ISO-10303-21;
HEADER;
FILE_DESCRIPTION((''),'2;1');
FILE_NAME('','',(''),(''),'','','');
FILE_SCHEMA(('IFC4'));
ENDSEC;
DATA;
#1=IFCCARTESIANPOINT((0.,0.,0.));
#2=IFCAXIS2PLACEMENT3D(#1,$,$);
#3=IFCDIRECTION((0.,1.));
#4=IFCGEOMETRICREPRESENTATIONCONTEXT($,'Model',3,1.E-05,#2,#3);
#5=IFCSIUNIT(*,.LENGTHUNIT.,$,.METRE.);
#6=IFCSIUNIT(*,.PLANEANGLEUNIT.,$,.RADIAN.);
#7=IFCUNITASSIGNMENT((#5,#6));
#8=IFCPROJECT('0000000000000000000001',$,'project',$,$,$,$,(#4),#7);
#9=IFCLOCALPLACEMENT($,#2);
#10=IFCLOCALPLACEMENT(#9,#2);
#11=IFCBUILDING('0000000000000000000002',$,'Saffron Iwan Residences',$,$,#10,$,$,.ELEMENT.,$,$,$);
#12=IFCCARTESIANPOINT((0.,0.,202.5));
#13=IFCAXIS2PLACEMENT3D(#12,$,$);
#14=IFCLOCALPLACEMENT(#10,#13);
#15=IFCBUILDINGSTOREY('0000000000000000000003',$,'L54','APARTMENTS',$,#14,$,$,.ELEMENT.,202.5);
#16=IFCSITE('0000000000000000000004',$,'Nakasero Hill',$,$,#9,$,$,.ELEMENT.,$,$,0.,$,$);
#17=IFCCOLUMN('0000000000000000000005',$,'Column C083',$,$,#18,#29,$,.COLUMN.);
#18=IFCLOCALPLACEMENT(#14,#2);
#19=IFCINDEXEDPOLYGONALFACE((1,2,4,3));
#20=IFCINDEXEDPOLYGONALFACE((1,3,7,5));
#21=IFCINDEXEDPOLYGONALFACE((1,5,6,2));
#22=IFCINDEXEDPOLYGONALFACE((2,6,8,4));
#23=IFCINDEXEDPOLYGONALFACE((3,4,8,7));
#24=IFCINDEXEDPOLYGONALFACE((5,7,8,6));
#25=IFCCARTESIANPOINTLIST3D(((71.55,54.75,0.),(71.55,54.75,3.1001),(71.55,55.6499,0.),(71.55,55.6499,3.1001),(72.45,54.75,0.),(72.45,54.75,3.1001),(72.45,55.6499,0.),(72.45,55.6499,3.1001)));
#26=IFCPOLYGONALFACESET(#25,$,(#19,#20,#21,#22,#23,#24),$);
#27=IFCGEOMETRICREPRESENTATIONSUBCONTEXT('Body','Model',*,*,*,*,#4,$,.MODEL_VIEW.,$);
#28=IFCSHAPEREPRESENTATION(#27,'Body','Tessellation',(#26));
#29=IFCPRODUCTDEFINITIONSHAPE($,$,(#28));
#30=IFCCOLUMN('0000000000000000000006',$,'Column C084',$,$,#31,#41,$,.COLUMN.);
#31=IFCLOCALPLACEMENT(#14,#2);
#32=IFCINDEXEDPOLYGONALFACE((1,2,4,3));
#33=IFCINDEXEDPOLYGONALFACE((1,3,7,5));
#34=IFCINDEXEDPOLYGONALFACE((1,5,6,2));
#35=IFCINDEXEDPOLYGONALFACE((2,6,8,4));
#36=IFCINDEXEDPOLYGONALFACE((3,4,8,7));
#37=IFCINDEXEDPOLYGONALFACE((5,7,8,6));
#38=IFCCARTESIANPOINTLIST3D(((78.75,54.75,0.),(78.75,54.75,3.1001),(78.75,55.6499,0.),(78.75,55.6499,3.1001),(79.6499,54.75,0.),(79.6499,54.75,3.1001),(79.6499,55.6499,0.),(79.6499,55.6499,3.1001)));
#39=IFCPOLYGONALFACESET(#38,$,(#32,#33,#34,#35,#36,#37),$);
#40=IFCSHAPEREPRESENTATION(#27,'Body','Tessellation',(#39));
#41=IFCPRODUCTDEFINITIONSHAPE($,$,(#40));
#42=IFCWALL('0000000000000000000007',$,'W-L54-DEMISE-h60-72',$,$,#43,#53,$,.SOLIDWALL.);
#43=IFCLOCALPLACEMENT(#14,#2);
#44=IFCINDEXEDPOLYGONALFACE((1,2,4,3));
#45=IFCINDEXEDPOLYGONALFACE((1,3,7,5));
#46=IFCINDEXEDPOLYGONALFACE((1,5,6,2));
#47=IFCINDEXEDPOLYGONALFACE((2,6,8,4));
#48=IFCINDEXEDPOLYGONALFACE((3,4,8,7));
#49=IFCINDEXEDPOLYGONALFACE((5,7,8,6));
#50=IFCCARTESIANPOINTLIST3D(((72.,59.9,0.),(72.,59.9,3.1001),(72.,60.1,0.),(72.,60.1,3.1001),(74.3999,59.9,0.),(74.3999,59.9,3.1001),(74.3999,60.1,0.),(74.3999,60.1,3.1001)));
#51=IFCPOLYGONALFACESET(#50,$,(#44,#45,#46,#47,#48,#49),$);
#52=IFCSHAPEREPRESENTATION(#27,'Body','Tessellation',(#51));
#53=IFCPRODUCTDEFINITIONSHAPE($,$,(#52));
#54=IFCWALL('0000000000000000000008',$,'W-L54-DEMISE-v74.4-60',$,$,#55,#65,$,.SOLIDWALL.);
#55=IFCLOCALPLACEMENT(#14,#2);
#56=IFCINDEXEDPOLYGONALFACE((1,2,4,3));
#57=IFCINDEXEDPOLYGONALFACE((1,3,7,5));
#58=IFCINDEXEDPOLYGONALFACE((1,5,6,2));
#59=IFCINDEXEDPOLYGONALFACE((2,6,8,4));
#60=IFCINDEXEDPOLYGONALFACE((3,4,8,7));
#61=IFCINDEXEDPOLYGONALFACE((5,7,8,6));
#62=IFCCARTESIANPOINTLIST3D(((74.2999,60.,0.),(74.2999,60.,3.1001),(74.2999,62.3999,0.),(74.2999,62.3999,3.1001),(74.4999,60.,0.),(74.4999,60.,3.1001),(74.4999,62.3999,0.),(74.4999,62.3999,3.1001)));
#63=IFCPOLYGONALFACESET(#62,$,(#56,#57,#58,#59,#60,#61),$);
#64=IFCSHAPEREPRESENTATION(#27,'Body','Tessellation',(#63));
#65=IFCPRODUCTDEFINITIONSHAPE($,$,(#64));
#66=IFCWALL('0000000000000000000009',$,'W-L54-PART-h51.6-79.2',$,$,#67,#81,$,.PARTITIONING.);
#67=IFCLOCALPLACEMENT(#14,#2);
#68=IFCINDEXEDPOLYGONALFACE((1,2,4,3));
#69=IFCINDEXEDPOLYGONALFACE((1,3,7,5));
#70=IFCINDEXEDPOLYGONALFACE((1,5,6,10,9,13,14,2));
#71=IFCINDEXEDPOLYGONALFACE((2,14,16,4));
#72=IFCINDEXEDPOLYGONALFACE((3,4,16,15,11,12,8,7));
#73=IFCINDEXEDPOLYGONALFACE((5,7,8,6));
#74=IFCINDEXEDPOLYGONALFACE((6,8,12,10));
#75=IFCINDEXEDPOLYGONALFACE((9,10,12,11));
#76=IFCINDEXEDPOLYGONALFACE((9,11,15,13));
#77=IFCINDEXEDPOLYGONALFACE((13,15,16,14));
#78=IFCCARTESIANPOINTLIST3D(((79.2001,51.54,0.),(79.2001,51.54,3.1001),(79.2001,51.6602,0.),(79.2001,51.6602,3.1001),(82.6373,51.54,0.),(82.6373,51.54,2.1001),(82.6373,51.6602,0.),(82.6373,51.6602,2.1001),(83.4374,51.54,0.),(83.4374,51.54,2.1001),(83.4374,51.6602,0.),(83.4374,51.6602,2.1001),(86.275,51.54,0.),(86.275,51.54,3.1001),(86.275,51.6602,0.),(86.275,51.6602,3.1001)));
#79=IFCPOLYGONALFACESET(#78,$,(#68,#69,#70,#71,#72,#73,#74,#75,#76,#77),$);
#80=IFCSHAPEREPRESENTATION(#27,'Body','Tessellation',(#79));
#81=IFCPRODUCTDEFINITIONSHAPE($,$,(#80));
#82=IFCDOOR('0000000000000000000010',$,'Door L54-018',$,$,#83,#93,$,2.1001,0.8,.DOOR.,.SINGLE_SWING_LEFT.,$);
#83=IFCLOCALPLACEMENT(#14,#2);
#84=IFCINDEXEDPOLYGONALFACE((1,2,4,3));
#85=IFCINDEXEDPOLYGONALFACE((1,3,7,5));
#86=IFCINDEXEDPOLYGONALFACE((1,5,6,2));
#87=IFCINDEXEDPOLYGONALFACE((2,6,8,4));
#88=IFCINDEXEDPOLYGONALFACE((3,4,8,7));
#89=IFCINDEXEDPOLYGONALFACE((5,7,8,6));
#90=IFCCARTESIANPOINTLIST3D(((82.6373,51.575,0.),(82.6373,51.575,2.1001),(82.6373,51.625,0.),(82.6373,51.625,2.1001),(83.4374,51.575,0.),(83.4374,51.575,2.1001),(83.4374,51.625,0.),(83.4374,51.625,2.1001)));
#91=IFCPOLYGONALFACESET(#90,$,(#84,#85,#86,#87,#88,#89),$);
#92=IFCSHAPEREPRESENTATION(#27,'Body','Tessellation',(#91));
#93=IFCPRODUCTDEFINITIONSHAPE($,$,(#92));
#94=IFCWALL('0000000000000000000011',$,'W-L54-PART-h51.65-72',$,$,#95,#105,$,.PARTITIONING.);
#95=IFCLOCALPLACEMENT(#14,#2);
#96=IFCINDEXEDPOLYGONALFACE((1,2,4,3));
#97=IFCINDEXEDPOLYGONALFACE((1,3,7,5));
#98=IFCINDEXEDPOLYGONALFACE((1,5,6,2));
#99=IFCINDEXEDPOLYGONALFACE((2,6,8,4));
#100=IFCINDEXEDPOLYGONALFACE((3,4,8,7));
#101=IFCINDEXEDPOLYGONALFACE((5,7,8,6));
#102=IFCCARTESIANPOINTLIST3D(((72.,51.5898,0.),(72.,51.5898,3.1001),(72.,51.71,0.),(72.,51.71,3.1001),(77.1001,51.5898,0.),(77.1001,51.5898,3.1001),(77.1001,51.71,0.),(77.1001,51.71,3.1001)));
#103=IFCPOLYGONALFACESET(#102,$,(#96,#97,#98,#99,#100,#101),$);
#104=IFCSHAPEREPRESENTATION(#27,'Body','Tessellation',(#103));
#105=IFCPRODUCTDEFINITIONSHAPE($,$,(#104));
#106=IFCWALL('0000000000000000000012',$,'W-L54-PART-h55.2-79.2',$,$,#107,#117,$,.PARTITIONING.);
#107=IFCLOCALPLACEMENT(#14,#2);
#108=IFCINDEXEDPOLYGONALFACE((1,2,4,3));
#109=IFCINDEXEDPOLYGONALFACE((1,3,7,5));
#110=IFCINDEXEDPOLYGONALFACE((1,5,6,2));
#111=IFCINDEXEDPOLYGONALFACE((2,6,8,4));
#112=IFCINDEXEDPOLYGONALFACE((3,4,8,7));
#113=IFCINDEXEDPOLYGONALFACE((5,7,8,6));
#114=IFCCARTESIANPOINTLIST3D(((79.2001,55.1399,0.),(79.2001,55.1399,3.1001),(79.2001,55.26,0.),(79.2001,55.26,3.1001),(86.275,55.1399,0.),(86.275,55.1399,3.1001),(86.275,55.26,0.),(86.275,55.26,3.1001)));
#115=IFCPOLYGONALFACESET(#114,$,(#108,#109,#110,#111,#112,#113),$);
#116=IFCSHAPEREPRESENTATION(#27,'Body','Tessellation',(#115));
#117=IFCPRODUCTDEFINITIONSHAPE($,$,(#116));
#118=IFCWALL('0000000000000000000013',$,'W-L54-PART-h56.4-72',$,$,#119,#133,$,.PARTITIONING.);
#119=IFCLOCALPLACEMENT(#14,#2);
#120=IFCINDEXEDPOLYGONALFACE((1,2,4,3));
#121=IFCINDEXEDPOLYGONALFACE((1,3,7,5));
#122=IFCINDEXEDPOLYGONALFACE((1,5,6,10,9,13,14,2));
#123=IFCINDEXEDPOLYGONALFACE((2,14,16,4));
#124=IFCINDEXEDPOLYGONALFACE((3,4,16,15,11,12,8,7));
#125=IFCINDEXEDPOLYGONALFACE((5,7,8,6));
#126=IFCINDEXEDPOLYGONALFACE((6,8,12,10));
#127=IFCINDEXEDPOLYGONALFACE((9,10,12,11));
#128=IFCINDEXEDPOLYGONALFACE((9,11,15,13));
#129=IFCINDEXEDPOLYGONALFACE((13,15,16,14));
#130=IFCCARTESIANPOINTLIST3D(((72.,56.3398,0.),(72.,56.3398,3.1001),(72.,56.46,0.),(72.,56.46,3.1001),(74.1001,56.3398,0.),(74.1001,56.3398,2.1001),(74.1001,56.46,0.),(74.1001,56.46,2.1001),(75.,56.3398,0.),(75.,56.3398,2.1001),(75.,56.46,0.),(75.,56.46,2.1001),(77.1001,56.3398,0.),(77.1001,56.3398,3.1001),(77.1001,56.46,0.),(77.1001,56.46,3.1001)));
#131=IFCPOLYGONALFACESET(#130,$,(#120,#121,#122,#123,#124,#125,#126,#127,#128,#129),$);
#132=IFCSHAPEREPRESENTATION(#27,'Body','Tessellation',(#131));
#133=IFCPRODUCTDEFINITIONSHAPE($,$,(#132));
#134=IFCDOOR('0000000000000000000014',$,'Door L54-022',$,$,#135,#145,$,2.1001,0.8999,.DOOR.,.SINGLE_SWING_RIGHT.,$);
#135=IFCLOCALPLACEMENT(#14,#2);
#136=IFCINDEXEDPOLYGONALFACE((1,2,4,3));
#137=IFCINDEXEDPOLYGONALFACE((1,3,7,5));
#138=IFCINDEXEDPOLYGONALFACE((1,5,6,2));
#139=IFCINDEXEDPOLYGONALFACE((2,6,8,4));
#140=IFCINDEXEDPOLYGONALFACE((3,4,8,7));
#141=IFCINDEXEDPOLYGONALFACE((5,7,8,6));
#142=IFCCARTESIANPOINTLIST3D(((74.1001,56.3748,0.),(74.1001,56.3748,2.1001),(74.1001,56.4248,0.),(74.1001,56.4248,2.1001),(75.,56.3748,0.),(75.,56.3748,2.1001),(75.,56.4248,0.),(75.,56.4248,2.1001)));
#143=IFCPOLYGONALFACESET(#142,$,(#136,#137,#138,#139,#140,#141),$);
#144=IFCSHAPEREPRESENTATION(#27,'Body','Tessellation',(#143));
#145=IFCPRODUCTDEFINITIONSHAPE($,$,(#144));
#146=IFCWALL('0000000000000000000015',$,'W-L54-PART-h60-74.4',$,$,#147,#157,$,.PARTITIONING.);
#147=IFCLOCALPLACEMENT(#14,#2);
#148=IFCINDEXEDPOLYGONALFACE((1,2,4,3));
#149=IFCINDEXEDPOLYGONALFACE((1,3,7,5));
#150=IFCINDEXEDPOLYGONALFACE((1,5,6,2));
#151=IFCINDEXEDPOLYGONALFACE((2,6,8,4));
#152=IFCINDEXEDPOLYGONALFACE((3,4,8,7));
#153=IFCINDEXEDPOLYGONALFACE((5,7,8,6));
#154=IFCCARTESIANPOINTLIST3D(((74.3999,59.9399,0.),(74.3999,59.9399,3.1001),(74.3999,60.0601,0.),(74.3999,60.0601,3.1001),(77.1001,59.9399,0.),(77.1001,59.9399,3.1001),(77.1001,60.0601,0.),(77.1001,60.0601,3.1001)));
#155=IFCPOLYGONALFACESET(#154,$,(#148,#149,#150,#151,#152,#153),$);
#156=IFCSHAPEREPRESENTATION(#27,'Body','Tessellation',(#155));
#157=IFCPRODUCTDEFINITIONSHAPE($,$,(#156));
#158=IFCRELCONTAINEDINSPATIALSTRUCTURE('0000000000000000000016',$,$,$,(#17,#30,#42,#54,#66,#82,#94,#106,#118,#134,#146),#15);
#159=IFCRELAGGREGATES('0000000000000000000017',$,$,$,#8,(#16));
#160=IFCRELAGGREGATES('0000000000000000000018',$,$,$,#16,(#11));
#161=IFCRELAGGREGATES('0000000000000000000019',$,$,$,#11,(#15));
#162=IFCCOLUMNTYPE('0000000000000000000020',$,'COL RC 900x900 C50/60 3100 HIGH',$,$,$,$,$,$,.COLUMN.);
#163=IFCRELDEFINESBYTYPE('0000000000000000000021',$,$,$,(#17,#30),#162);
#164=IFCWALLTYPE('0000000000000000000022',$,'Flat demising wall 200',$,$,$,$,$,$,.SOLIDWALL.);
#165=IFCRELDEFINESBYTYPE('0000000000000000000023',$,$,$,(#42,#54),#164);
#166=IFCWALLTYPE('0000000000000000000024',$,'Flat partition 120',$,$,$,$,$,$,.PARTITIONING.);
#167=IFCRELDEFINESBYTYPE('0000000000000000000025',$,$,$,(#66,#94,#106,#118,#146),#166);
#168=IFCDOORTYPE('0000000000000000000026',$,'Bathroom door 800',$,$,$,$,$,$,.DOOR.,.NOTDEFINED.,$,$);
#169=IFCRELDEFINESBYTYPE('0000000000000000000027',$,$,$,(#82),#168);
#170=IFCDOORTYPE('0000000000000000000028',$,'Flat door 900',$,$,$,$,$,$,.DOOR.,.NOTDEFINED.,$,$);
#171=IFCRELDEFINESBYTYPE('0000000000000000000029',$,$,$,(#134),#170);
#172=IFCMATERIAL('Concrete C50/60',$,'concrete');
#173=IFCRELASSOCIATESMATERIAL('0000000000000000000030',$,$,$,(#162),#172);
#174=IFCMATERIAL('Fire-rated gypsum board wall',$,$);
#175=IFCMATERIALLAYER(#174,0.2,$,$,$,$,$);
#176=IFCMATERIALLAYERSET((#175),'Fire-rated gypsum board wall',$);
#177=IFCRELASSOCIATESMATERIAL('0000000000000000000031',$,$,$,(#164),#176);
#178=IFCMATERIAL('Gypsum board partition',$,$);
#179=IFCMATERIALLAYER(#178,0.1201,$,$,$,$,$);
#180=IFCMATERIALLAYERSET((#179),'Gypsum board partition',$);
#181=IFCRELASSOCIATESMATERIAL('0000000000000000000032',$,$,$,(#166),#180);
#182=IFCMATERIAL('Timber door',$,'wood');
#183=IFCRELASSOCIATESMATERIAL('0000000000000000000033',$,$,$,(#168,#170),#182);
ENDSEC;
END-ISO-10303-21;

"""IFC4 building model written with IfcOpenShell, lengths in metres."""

from ifc_helpers import new_model, si_unit, direction, frame, frame_2d, origin, origin_2d, place, context, subcontext, project, spatial, rectangle, extrude, source, transform, mapped, material, layer, layer_set, material_profile, profile_set, type_object, element, fill, save


model = new_model("IFC4")

# Units and contexts
model_context = context("Model", 3, precision=1e-05, world=origin(), true_north=direction((0.0, 1.0)))
body_context = subcontext(model_context, "Body", "Model", "MODEL_VIEW")
ifc_project = project(units=[si_unit("LENGTHUNIT", "METRE"), si_unit("PLANEANGLEUNIT", "RADIAN")], contexts=[model_context])

# Site, building, storey
site_placement = place(None, origin())
site = spatial("IfcSite", under=ifc_project, at=site_placement, Name="Nakasero Hill", CompositionType="ELEMENT", RefElevation=0.0)
building_placement = place(site_placement, origin())
building = spatial("IfcBuilding", under=site, at=building_placement, Name="Saffron Iwan Residences", CompositionType="ELEMENT")
storey_placement = place(building_placement, frame((0.0, 0.0, 202.5)))
storey = spatial("IfcBuildingStorey", under=building, at=storey_placement, Name="L54", Description="APARTMENTS", CompositionType="ELEMENT", Elevation=202.5)

# Columns
ifc_material_1 = material(Name="Concrete C50/60", Category="concrete")
ifc_material_profile = material_profile(ifc_material_1, rectangle(XDim=0.8999, YDim=0.8999, at=origin_2d()), Name="RC 900x900")
ifc_profile_set = profile_set([ifc_material_profile], Name="Concrete C50/60")
column_type = type_object("IfcColumnType", Name="COL RC 900x900 C50/60 3100 HIGH", PredefinedType="COLUMN", material=ifc_profile_set)
shared_shape = source(origin(), body_context, "Body", "SweptSolid", [
    extrude(rectangle(XDim=0.8999, YDim=0.8999, at=origin_2d()), origin(), (0.0, 0.0, 1.0), 3.1001),
])
for number, where, z_axis, x_axis, name in (
    (1, (72.0, 55.2, 0.0), (0.0, 0.0, 1.0), (1.0, 0.0, 0.0), "Column C083"),
    (2, (79.2, 55.2, 0.0), (0.0, 0.0, 1.0), (1.0, 0.0, 0.0), "Column C084"),
):
    element("IfcColumn", number, at=place(storey_placement, frame(where, z_axis=z_axis, x_axis=x_axis)), inside=storey, type_object=column_type, Name=name, PredefinedType="COLUMN", context=body_context, shape_type="MappedRepresentation", body=[
        mapped(shared_shape, transform((0.0, 0.0, 0.0))),
    ])

# Walls
ifc_material_2 = material(Name="Fire-rated gypsum board wall")
ifc_layer_1 = layer(ifc_material_2, 0.2)
ifc_layer_set_1 = layer_set([ifc_layer_1], Name="Fire-rated gypsum board wall")
wall_type_1 = type_object("IfcWallType", Name="Flat demising wall 200", PredefinedType="SOLIDWALL", material=ifc_layer_set_1)
for number, where, z_axis, x_axis, name in (
    (3, (72.0, 60.0, 0.0), (0.0, 0.0, 1.0), (1.0, 0.0, 0.0), "W-L54-DEMISE-h60-72"),
    (4, (74.3999, 60.0, 0.0), (0.0, 0.0, 1.0), (0.0, 1.0, 0.0), "W-L54-DEMISE-v74.4-60"),
):
    element("IfcWall", number, at=place(storey_placement, frame(where, z_axis=z_axis, x_axis=x_axis)), inside=storey, type_object=wall_type_1, Name=name, PredefinedType="SOLIDWALL", context=body_context, shape_type="SweptSolid", body=[
        extrude(rectangle(XDim=2.3999, YDim=0.2, at=frame_2d((1.2, 0.0))), origin(), (0.0, 0.0, 1.0), 3.1001),
    ])

# Wall, opening, door
ifc_material_3 = material(Name="Gypsum board partition")
ifc_layer_2 = layer(ifc_material_3, 0.1201)
ifc_layer_set_2 = layer_set([ifc_layer_2], Name="Gypsum board partition")
wall_type_2 = type_object("IfcWallType", Name="Flat partition 120", PredefinedType="PARTITIONING", material=ifc_layer_set_2)
wall_1_placement = place(storey_placement, frame((79.2, 51.6001, 0.0), z_axis=(0.0, 0.0, 1.0), x_axis=(1.0, 0.0, 0.0)))
wall_1 = element("IfcWall", 5, at=wall_1_placement, inside=storey, type_object=wall_type_2, Name="W-L54-PART-h51.6-79.2", PredefinedType="PARTITIONING", context=body_context, shape_type="SweptSolid", body=[
    extrude(rectangle(XDim=7.075, YDim=0.1201, at=frame_2d((3.5376, 0.0))), origin(), (0.0, 0.0, 1.0), 3.1001),
])
opening_1_placement = place(wall_1_placement, frame((3.4375, 0.0, 0.0)))
opening_1 = element("IfcOpeningElement", 6, at=opening_1_placement, cuts=wall_1, PredefinedType="OPENING", context=body_context, shape_type="SweptSolid", body=[
    extrude(rectangle(XDim=0.8, YDim=2.1001, at=frame_2d((0.3999, 1.05))), frame((0.0, 0.0701, 0.0), z_axis=(0.0, -1.0, 0.0), x_axis=(1.0, 0.0, 0.0)), (0.0, 0.0, 1.0), 0.1401),
])
ifc_material_4 = material(Name="Timber door", Category="wood")
door_type_1 = type_object("IfcDoorType", Name="Bathroom door 800", OperationType="NOTDEFINED", PredefinedType="DOOR", material=ifc_material_4)
door_1_placement = place(opening_1_placement, origin())
door_1 = element("IfcDoor", 7, at=door_1_placement, inside=storey, type_object=door_type_1, Name="Door L54-018", OperationType="SINGLE_SWING_LEFT", OverallHeight=2.1001, OverallWidth=0.8, PredefinedType="DOOR", context=body_context, shape_type="SweptSolid", body=[
    extrude(rectangle(XDim=0.8, YDim=2.1001, at=frame_2d((0.3999, 1.05))), frame((0.0, 0.0249, 0.0), z_axis=(0.0, -1.0, 0.0), x_axis=(1.0, 0.0, 0.0)), (0.0, 0.0, 1.0), 0.05),
])
fill(opening_1, door_1)

# Walls
wall_2_placement = place(storey_placement, frame((72.0, 51.6499, 0.0), z_axis=(0.0, 0.0, 1.0), x_axis=(1.0, 0.0, 0.0)))
element("IfcWall", 8, at=wall_2_placement, inside=storey, type_object=wall_type_2, Name="W-L54-PART-h51.65-72", PredefinedType="PARTITIONING", context=body_context, shape_type="SweptSolid", body=[
    extrude(rectangle(XDim=5.1001, YDim=0.1201, at=frame_2d((2.55, 0.0))), origin(), (0.0, 0.0, 1.0), 3.1001),
])
wall_3_placement = place(storey_placement, frame((79.2, 55.2, 0.0), z_axis=(0.0, 0.0, 1.0), x_axis=(1.0, 0.0, 0.0)))
element("IfcWall", 9, at=wall_3_placement, inside=storey, type_object=wall_type_2, Name="W-L54-PART-h55.2-79.2", PredefinedType="PARTITIONING", context=body_context, shape_type="SweptSolid", body=[
    extrude(rectangle(XDim=7.075, YDim=0.1201, at=frame_2d((3.5376, 0.0))), origin(), (0.0, 0.0, 1.0), 3.1001),
])

# Wall, opening, door
wall_4_placement = place(storey_placement, frame((72.0, 56.3999, 0.0), z_axis=(0.0, 0.0, 1.0), x_axis=(1.0, 0.0, 0.0)))
wall_4 = element("IfcWall", 10, at=wall_4_placement, inside=storey, type_object=wall_type_2, Name="W-L54-PART-h56.4-72", PredefinedType="PARTITIONING", context=body_context, shape_type="SweptSolid", body=[
    extrude(rectangle(XDim=5.1001, YDim=0.1201, at=frame_2d((2.55, 0.0))), origin(), (0.0, 0.0, 1.0), 3.1001),
])
opening_2_placement = place(wall_4_placement, frame((2.1001, 0.0, 0.0)))
opening_2 = element("IfcOpeningElement", 11, at=opening_2_placement, cuts=wall_4, PredefinedType="OPENING", context=body_context, shape_type="SweptSolid", body=[
    extrude(rectangle(XDim=0.8999, YDim=2.1001, at=frame_2d((0.45, 1.05))), frame((0.0, 0.0701, 0.0), z_axis=(0.0, -1.0, 0.0), x_axis=(1.0, 0.0, 0.0)), (0.0, 0.0, 1.0), 0.1401),
])
door_type_2 = type_object("IfcDoorType", Name="Flat door 900", OperationType="NOTDEFINED", PredefinedType="DOOR", material=ifc_material_4)
door_2_placement = place(opening_2_placement, origin())
door_2 = element("IfcDoor", 12, at=door_2_placement, inside=storey, type_object=door_type_2, Name="Door L54-022", OperationType="SINGLE_SWING_RIGHT", OverallHeight=2.1001, OverallWidth=0.8999, PredefinedType="DOOR", context=body_context, shape_type="SweptSolid", body=[
    extrude(rectangle(XDim=0.8999, YDim=2.1001, at=frame_2d((0.45, 1.05))), frame((0.0, 0.0249, 0.0), z_axis=(0.0, -1.0, 0.0), x_axis=(1.0, 0.0, 0.0)), (0.0, 0.0, 1.0), 0.05),
])
fill(opening_2, door_2)

# Wall
wall_5_placement = place(storey_placement, frame((74.3999, 60.0, 0.0), z_axis=(0.0, 0.0, 1.0), x_axis=(1.0, 0.0, 0.0)))
element("IfcWall", 13, at=wall_5_placement, inside=storey, type_object=wall_type_2, Name="W-L54-PART-h60-74.4", PredefinedType="PARTITIONING", context=body_context, shape_type="SweptSolid", body=[
    extrude(rectangle(XDim=2.7002, YDim=0.1201, at=frame_2d((1.3501, 0.0))), origin(), (0.0, 0.0, 1.0), 3.1001),
])

save(model, "model.ifc")
